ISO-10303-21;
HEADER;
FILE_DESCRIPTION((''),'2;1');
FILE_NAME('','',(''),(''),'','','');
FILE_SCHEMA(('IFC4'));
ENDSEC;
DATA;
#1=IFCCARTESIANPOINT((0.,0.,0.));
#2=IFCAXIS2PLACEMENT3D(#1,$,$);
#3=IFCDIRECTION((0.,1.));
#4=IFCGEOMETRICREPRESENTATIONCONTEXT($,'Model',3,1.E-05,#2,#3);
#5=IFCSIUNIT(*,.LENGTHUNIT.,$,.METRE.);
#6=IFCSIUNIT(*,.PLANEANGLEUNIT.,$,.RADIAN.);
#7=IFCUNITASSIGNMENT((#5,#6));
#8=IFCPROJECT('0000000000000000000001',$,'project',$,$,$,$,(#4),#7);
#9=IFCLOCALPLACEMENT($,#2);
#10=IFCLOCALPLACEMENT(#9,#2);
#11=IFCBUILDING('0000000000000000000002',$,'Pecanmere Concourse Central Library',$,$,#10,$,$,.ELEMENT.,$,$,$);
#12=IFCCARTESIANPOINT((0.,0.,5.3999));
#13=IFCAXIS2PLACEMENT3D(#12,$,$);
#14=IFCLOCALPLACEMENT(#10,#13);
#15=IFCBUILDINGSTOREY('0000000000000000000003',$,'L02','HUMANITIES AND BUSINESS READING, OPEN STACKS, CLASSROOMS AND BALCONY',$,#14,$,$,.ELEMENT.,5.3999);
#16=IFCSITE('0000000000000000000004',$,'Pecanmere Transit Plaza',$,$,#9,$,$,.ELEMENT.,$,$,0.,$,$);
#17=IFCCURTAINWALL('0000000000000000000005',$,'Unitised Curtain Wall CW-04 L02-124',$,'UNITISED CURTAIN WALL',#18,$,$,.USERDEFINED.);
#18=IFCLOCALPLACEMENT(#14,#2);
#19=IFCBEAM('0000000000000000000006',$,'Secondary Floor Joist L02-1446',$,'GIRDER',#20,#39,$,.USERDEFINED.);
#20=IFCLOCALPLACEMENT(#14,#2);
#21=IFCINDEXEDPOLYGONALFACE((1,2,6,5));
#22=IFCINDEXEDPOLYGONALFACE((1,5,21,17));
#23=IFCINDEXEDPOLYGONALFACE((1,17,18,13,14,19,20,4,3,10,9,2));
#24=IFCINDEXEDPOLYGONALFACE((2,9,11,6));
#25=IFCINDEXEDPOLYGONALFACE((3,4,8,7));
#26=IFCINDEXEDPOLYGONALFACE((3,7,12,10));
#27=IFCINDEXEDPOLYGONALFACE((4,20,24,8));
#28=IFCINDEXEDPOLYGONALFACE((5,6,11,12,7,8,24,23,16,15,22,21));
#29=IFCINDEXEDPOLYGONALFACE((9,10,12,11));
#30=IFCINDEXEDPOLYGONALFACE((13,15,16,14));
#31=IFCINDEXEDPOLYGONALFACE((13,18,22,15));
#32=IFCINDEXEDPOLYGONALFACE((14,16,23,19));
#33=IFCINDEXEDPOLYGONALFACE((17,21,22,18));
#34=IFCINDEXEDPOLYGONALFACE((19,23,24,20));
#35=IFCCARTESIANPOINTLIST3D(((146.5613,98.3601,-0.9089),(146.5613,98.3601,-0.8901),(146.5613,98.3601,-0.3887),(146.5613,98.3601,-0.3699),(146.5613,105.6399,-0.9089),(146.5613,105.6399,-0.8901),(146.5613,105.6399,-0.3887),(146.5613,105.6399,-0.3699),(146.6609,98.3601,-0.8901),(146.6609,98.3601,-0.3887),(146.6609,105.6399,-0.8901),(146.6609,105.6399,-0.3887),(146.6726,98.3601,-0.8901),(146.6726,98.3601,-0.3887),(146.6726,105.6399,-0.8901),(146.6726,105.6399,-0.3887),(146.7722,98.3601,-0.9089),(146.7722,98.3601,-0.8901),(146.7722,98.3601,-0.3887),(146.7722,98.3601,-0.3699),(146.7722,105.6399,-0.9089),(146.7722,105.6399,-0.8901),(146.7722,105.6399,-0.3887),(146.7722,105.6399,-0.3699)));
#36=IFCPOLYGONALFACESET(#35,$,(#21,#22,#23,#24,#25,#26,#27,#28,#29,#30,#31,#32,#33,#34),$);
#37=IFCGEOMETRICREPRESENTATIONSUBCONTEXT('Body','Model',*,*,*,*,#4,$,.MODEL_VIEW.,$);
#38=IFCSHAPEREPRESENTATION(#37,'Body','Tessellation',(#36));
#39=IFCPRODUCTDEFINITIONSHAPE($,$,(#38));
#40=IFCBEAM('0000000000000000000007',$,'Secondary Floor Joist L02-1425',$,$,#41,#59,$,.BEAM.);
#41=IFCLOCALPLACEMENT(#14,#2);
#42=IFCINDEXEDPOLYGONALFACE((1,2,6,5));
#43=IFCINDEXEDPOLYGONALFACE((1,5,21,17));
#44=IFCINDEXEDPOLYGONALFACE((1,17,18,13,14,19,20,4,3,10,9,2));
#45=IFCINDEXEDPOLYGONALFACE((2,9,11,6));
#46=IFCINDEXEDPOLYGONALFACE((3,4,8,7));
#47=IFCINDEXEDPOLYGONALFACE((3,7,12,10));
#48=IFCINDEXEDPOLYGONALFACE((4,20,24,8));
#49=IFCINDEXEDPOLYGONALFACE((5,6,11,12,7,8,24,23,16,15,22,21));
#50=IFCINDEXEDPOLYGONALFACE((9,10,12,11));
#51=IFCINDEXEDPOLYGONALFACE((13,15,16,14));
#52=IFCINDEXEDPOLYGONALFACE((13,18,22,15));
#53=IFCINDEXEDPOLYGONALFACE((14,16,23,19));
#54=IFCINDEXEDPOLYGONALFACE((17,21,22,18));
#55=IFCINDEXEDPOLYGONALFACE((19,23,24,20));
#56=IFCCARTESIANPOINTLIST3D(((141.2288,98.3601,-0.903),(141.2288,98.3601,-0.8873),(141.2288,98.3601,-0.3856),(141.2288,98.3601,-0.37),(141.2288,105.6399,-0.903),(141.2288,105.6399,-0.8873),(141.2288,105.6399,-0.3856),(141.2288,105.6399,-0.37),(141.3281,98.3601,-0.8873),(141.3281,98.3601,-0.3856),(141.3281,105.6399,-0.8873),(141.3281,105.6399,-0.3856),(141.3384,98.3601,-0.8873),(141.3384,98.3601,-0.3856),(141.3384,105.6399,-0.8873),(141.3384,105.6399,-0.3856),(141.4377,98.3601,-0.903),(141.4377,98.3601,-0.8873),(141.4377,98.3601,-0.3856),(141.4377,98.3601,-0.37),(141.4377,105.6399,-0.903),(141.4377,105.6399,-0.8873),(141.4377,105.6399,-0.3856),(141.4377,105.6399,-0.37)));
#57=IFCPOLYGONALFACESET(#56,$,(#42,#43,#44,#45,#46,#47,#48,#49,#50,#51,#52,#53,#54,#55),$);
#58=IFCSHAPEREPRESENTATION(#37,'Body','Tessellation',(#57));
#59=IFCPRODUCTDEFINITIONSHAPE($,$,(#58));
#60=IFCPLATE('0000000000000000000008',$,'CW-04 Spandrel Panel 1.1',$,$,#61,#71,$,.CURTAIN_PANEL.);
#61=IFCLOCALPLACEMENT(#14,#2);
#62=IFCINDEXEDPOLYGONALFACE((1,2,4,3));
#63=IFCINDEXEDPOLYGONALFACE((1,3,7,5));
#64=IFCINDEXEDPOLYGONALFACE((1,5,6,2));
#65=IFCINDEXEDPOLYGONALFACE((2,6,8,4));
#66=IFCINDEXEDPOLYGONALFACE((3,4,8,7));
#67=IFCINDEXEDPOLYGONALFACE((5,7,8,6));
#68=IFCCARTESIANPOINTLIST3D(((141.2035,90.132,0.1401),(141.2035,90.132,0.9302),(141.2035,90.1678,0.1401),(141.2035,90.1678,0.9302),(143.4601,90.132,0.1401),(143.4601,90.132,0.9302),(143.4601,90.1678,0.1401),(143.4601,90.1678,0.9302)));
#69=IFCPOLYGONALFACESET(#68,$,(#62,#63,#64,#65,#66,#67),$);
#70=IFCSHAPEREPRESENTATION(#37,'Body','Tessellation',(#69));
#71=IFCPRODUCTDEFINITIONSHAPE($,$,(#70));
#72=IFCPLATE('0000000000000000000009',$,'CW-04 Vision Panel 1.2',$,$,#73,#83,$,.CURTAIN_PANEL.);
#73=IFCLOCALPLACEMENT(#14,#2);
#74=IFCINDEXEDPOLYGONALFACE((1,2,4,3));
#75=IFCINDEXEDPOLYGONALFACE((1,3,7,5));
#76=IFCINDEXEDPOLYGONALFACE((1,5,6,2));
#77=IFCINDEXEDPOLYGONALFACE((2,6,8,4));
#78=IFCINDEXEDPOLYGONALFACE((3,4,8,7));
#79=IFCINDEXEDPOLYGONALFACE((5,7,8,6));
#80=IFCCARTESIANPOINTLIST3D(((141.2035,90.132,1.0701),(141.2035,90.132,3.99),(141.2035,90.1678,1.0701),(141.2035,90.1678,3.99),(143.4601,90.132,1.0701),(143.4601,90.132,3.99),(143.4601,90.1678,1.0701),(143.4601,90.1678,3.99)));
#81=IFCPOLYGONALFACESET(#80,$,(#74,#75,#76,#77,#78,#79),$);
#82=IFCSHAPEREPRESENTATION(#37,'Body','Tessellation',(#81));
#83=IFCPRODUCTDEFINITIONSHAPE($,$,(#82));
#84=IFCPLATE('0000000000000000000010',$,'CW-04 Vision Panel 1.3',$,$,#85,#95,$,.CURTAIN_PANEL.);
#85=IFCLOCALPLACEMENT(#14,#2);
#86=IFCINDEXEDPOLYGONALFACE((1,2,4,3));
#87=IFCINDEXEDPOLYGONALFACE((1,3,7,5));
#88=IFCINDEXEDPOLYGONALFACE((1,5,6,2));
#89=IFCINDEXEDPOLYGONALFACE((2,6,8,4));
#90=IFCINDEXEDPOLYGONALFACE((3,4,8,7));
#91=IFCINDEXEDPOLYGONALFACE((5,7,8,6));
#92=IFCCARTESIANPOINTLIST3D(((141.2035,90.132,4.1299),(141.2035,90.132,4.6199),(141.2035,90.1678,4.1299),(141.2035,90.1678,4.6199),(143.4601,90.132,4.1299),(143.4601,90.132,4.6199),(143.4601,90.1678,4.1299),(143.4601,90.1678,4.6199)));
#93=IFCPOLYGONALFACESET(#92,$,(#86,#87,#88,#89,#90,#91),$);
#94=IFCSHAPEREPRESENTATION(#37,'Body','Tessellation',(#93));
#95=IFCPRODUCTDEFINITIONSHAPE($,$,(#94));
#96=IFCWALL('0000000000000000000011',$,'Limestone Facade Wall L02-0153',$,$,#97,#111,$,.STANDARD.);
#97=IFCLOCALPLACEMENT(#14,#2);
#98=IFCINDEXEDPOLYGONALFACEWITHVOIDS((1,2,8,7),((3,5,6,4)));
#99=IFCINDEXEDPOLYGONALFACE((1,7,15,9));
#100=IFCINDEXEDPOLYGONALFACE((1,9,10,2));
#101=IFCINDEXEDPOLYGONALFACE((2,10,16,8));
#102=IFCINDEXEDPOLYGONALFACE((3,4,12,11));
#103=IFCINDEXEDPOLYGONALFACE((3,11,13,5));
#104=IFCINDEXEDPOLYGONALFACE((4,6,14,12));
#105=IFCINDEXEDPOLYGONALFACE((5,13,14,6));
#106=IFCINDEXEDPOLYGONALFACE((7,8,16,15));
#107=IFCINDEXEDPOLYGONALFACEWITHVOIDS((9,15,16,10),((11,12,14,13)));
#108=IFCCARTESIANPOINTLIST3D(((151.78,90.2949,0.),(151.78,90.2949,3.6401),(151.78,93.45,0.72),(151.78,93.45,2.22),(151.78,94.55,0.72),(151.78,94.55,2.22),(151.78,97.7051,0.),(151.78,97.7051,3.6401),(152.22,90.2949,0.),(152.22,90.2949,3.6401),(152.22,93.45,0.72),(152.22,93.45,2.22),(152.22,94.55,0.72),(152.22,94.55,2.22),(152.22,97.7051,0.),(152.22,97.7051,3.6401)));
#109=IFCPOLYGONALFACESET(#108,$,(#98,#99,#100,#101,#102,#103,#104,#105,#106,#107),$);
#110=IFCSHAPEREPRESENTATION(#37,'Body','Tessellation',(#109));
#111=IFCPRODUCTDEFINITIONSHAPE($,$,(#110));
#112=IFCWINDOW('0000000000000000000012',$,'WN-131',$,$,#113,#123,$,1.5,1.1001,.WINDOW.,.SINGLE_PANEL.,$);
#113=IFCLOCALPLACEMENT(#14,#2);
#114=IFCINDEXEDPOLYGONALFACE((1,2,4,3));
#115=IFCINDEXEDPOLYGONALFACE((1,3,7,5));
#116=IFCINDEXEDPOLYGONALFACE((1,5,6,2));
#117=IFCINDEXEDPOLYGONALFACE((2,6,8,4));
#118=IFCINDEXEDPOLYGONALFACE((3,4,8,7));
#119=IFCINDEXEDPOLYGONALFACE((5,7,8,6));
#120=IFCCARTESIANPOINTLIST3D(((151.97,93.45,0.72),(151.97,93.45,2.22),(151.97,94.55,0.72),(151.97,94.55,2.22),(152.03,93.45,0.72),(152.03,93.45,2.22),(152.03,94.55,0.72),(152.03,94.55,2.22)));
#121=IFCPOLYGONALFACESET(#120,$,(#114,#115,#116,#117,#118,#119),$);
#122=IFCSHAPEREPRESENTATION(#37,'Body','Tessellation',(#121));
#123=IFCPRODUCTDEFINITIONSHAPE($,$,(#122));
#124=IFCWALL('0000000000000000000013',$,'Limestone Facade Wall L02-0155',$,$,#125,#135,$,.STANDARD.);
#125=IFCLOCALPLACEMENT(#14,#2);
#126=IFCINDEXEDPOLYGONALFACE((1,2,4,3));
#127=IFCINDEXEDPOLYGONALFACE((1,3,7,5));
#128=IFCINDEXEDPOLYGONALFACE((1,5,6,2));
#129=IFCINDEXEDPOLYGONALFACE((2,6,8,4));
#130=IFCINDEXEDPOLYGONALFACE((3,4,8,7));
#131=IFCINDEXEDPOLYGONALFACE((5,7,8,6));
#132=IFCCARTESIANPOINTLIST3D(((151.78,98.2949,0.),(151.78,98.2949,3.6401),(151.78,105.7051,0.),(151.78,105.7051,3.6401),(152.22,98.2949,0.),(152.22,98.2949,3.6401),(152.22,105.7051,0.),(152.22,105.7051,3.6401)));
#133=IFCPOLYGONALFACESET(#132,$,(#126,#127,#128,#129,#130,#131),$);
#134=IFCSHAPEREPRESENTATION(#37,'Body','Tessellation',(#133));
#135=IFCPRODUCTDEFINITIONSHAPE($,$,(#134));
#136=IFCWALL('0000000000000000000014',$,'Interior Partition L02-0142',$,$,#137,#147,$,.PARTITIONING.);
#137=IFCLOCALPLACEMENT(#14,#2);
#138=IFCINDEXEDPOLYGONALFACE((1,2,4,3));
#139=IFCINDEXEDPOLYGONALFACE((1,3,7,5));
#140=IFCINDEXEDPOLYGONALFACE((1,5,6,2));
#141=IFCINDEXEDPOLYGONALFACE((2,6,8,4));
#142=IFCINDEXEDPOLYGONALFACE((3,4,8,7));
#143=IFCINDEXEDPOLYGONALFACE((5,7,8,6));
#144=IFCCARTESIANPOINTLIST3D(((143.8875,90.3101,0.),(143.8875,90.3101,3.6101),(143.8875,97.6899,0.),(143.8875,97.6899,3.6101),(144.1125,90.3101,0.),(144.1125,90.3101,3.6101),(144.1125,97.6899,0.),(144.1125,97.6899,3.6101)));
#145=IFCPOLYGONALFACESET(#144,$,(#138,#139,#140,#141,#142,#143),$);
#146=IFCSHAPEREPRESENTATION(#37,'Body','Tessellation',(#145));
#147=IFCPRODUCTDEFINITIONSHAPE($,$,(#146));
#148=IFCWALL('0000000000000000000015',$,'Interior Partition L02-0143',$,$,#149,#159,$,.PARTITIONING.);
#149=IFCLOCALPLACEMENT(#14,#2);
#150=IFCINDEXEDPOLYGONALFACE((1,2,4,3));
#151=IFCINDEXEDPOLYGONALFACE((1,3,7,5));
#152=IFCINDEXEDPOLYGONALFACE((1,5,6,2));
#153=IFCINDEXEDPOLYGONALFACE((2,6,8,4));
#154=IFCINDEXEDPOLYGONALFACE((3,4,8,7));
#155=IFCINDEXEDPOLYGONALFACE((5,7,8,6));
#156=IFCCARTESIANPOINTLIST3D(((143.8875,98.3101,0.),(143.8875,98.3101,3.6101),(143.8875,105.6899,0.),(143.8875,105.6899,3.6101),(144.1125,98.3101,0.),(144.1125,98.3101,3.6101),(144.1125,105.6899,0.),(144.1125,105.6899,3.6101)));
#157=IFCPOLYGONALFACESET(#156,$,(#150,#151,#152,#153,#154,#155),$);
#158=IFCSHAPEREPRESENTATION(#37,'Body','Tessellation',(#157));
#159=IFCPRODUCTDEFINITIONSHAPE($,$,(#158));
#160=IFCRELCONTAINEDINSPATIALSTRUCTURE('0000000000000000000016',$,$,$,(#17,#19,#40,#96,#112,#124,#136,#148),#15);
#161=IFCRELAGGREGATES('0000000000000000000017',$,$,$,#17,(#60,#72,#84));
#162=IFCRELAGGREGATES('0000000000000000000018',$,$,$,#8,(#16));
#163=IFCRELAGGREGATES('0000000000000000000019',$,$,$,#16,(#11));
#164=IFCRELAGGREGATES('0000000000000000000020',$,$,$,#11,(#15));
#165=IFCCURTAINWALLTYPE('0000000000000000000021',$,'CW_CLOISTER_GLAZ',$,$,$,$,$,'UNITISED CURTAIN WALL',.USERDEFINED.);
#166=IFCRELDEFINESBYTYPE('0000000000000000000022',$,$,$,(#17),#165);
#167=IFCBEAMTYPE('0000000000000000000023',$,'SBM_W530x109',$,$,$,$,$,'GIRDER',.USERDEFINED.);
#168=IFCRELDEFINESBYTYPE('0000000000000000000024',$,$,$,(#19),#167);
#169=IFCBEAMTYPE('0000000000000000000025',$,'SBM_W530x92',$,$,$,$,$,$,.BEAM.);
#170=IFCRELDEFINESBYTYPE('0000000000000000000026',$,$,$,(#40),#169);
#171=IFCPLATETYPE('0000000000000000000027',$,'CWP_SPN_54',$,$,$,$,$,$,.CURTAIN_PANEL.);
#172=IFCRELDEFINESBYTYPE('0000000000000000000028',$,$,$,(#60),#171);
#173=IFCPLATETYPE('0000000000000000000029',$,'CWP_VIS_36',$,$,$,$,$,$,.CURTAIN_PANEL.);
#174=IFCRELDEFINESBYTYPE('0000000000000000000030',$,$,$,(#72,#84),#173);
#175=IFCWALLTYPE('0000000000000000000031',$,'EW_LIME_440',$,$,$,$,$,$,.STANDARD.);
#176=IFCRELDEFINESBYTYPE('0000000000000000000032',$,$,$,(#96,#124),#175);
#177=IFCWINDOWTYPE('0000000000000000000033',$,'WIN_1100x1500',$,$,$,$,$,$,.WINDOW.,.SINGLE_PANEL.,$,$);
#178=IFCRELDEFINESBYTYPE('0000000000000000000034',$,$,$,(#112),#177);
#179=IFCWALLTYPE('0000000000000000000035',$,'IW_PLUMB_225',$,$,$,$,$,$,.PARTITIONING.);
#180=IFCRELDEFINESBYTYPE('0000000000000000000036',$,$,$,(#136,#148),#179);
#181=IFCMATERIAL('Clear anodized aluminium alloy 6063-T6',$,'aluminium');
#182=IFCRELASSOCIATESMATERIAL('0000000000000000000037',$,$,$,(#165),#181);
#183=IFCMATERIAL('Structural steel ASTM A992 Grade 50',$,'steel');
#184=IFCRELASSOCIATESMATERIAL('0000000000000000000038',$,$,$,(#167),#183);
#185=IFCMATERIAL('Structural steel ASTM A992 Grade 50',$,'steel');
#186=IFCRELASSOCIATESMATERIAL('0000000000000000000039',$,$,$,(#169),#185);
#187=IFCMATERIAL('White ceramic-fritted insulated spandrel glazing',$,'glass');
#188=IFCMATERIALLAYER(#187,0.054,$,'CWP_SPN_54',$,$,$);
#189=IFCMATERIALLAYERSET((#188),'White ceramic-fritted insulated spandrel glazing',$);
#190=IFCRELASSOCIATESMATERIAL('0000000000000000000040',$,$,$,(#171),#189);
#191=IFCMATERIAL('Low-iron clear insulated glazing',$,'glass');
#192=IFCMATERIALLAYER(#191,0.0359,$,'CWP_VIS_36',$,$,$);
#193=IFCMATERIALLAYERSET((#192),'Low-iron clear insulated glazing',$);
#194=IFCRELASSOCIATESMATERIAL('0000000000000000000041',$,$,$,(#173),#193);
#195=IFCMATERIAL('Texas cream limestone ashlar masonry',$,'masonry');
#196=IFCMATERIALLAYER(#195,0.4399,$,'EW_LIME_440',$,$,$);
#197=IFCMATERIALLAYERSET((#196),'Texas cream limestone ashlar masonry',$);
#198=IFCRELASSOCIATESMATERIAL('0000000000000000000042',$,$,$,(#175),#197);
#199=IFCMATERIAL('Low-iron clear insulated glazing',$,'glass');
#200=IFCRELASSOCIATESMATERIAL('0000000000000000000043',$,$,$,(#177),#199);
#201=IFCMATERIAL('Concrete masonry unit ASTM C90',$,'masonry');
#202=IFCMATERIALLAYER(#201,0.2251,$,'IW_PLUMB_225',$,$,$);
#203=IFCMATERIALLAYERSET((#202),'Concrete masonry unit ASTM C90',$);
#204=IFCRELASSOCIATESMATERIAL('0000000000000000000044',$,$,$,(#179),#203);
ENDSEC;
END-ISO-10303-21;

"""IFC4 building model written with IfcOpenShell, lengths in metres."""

from ifc_helpers import new_model, si_unit, direction, frame, frame_2d, origin, origin_2d, place, context, subcontext, project, spatial, rectangle, i_section, extrude, material, layer, layer_set, material_profile, profile_set, type_object, element, fill, aggregate, save


model = new_model("IFC4")

# Units and contexts
model_context = context("Model", 3, precision=1e-05, world=origin(), true_north=direction((0.0, 1.0)))
body_context = subcontext(model_context, "Body", "Model", "MODEL_VIEW")
ifc_project = project(units=[si_unit("LENGTHUNIT", "METRE"), si_unit("PLANEANGLEUNIT", "RADIAN")], contexts=[model_context])

# Site, building, storey
site_placement = place(None, origin())
site = spatial("IfcSite", under=ifc_project, at=site_placement, Name="Pecanmere Transit Plaza", CompositionType="ELEMENT", RefElevation=0.0)
building_placement = place(site_placement, origin())
building = spatial("IfcBuilding", under=site, at=building_placement, Name="Pecanmere Concourse Central Library", CompositionType="ELEMENT")
storey_placement = place(building_placement, frame((0.0, 0.0, 5.3999)))
storey = spatial("IfcBuildingStorey", under=building, at=storey_placement, Name="L02", Description="HUMANITIES AND BUSINESS READING, OPEN STACKS, CLASSROOMS AND BALCONY", CompositionType="ELEMENT", Elevation=5.3999)

# Curtain wall
ifc_material_1 = material(Name="Clear anodized aluminium alloy 6063-T6", Category="aluminium")
curtain_wall_type = type_object("IfcCurtainWallType", Name="CW_CLOISTER_GLAZ", ElementType="UNITISED CURTAIN WALL", PredefinedType="USERDEFINED", material=ifc_material_1)
curtain_wall_placement = place(storey_placement, origin())
curtain_wall = element("IfcCurtainWall", 1, at=curtain_wall_placement, inside=storey, type_object=curtain_wall_type, Name="Unitised Curtain Wall CW-04 L02-124", ObjectType="UNITISED CURTAIN WALL", PredefinedType="USERDEFINED")

# Beams
ifc_material_2 = material(Name="Structural steel ASTM A992 Grade 50", Category="steel")
ifc_material_profile_1 = material_profile(ifc_material_2, i_section(OverallWidth=0.2109, OverallDepth=0.5391, WebThickness=0.0117, FlangeThickness=0.0188, at=origin_2d()), Name="W530x109")
ifc_profile_set_1 = profile_set([ifc_material_profile_1], Name="Structural steel ASTM A992 Grade 50")
beam_type_1 = type_object("IfcBeamType", Name="SBM_W530x109", ElementType="GIRDER", PredefinedType="USERDEFINED", material=ifc_profile_set_1)
beam_1_placement = place(storey_placement, frame((146.6667, 98.3601, -0.6394), z_axis=(0.0, 1.0, 0.0), x_axis=(-1.0, 0.0, 0.0)))
element("IfcBeam", 2, at=beam_1_placement, inside=storey, type_object=beam_type_1, Name="Secondary Floor Joist L02-1446", ObjectType="GIRDER", PredefinedType="USERDEFINED", context=body_context, shape_type="SweptSolid", body=[
    extrude(i_section(OverallWidth=0.2109, OverallDepth=0.5391, WebThickness=0.0117, FlangeThickness=0.0188, at=origin_2d()), origin(), (0.0, 0.0, 1.0), 7.2798),
])
ifc_material_3 = material(Name="Structural steel ASTM A992 Grade 50", Category="steel")
ifc_material_profile_2 = material_profile(ifc_material_3, i_section(OverallWidth=0.209, OverallDepth=0.533, WebThickness=0.0103, FlangeThickness=0.0156, at=origin_2d()), Name="W530x92")
ifc_profile_set_2 = profile_set([ifc_material_profile_2], Name="Structural steel ASTM A992 Grade 50")
beam_type_2 = type_object("IfcBeamType", Name="SBM_W530x92", PredefinedType="BEAM", material=ifc_profile_set_2)
beam_2_placement = place(storey_placement, frame((141.3333, 98.3601, -0.6365), z_axis=(0.0, 1.0, 0.0), x_axis=(-1.0, 0.0, 0.0)))
element("IfcBeam", 3, at=beam_2_placement, inside=storey, type_object=beam_type_2, Name="Secondary Floor Joist L02-1425", PredefinedType="BEAM", context=body_context, shape_type="SweptSolid", body=[
    extrude(i_section(OverallWidth=0.209, OverallDepth=0.533, WebThickness=0.0103, FlangeThickness=0.0156, at=origin_2d()), origin(), (0.0, 0.0, 1.0), 7.2798),
])

# Plates
ifc_material_4 = material(Name="White ceramic-fritted insulated spandrel glazing", Category="glass")
ifc_layer_1 = layer(ifc_material_4, 0.054, Name="CWP_SPN_54")
ifc_layer_set_1 = layer_set([ifc_layer_1], Name="White ceramic-fritted insulated spandrel glazing")
plate_type_1 = type_object("IfcPlateType", Name="CWP_SPN_54", PredefinedType="CURTAIN_PANEL", material=ifc_layer_set_1)
plate_1_placement = place(storey_placement, frame((142.3318, 90.1499, 0.1401), z_axis=(0.0, 0.0, 1.0), x_axis=(-1.0, 0.0, 0.0)))
plate_1 = element("IfcPlate", 4, at=plate_1_placement, type_object=plate_type_1, Name="CW-04 Spandrel Panel 1.1", PredefinedType="CURTAIN_PANEL", context=body_context, shape_type="SweptSolid", body=[
    extrude(rectangle(XDim=2.2566, YDim=0.0359, at=origin_2d()), origin(), (0.0, 0.0, 1.0), 0.79),
])
ifc_material_5 = material(Name="Low-iron clear insulated glazing", Category="glass")
ifc_layer_2 = layer(ifc_material_5, 0.0359, Name="CWP_VIS_36")
ifc_layer_set_2 = layer_set([ifc_layer_2], Name="Low-iron clear insulated glazing")
plate_type_2 = type_object("IfcPlateType", Name="CWP_VIS_36", PredefinedType="CURTAIN_PANEL", material=ifc_layer_set_2)
plate_2_placement = place(storey_placement, frame((142.3318, 90.1499, 1.0701), z_axis=(0.0, 0.0, 1.0), x_axis=(-1.0, 0.0, 0.0)))
plate_2 = element("IfcPlate", 5, at=plate_2_placement, type_object=plate_type_2, Name="CW-04 Vision Panel 1.2", PredefinedType="CURTAIN_PANEL", context=body_context, shape_type="SweptSolid", body=[
    extrude(rectangle(XDim=2.2566, YDim=0.0359, at=origin_2d()), origin(), (0.0, 0.0, 1.0), 2.9199),
])
plate_3_placement = place(storey_placement, frame((142.3318, 90.1499, 4.1299), z_axis=(0.0, 0.0, 1.0), x_axis=(-1.0, 0.0, 0.0)))
plate_3 = element("IfcPlate", 6, at=plate_3_placement, type_object=plate_type_2, Name="CW-04 Vision Panel 1.3", PredefinedType="CURTAIN_PANEL", context=body_context, shape_type="SweptSolid", body=[
    extrude(rectangle(XDim=2.2566, YDim=0.0359, at=origin_2d()), origin(), (0.0, 0.0, 1.0), 0.49),
])
aggregate(curtain_wall, [plate_1, plate_2, plate_3])

# Wall, opening, window
ifc_material_6 = material(Name="Texas cream limestone ashlar masonry", Category="masonry")
ifc_layer_3 = layer(ifc_material_6, 0.4399, Name="EW_LIME_440")
ifc_layer_set_3 = layer_set([ifc_layer_3], Name="Texas cream limestone ashlar masonry")
wall_type_1 = type_object("IfcWallType", Name="EW_LIME_440", PredefinedType="STANDARD", material=ifc_layer_set_3)
wall_1_placement = place(storey_placement, frame((152.0, 90.2949, 0.0), z_axis=(0.0, 0.0, 1.0), x_axis=(0.0, 1.0, 0.0)))
wall_1 = element("IfcWall", 7, at=wall_1_placement, inside=storey, type_object=wall_type_1, Name="Limestone Facade Wall L02-0153", PredefinedType="STANDARD", context=body_context, shape_type="SweptSolid", body=[
    extrude(rectangle(XDim=7.4102, YDim=0.4399, at=frame_2d((3.7051, 0.0))), origin(), (0.0, 0.0, 1.0), 3.6401),
])
opening_placement = place(wall_1_placement, frame((3.155, 0.0, 0.72)))
opening = element("IfcOpeningElement", 8, at=opening_placement, cuts=wall_1, PredefinedType="OPENING", context=body_context, shape_type="SweptSolid", body=[
    extrude(rectangle(XDim=1.1001, YDim=1.5, at=frame_2d((0.55, 0.75))), frame((0.0, 0.2319, 0.0), z_axis=(0.0, -1.0, 0.0), x_axis=(1.0, 0.0, 0.0)), (0.0, 0.0, 1.0), 0.4639),
])
ifc_material_7 = material(Name="Low-iron clear insulated glazing", Category="glass")
window_type = type_object("IfcWindowType", Name="WIN_1100x1500", PartitioningType="SINGLE_PANEL", PredefinedType="WINDOW", material=ifc_material_7)
window_placement = place(opening_placement, origin())
window = element("IfcWindow", 9, at=window_placement, inside=storey, type_object=window_type, Name="WN-131", OverallHeight=1.5, OverallWidth=1.1001, PartitioningType="SINGLE_PANEL", PredefinedType="WINDOW", context=body_context, shape_type="SweptSolid", body=[
    extrude(rectangle(XDim=1.1001, YDim=1.5, at=frame_2d((0.55, 0.75))), frame((0.0, 0.03, 0.0), z_axis=(0.0, -1.0, 0.0), x_axis=(1.0, 0.0, 0.0)), (0.0, 0.0, 1.0), 0.0601),
])
fill(opening, window)

# Walls
wall_2_placement = place(storey_placement, frame((152.0, 98.2949, 0.0), z_axis=(0.0, 0.0, 1.0), x_axis=(0.0, 1.0, 0.0)))
element("IfcWall", 10, at=wall_2_placement, inside=storey, type_object=wall_type_1, Name="Limestone Facade Wall L02-0155", PredefinedType="STANDARD", context=body_context, shape_type="SweptSolid", body=[
    extrude(rectangle(XDim=7.4102, YDim=0.4399, at=frame_2d((3.7051, 0.0))), origin(), (0.0, 0.0, 1.0), 3.6401),
])
ifc_material_8 = material(Name="Concrete masonry unit ASTM C90", Category="masonry")
ifc_layer_4 = layer(ifc_material_8, 0.2251, Name="IW_PLUMB_225")
ifc_layer_set_4 = layer_set([ifc_layer_4], Name="Concrete masonry unit ASTM C90")
wall_type_2 = type_object("IfcWallType", Name="IW_PLUMB_225", PredefinedType="PARTITIONING", material=ifc_layer_set_4)
for number, where, z_axis, x_axis, name in (
    (11, (144.0, 90.3101, 0.0), (0.0, 0.0, 1.0), (0.0, 1.0, 0.0), "Interior Partition L02-0142"),
    (12, (144.0, 98.3101, 0.0), (0.0, 0.0, 1.0), (0.0, 1.0, 0.0), "Interior Partition L02-0143"),
):
    element("IfcWall", number, at=place(storey_placement, frame(where, z_axis=z_axis, x_axis=x_axis)), inside=storey, type_object=wall_type_2, Name=name, PredefinedType="PARTITIONING", context=body_context, shape_type="SweptSolid", body=[
        extrude(rectangle(XDim=7.3799, YDim=0.2251, at=frame_2d((3.6899, 0.0))), origin(), (0.0, 0.0, 1.0), 3.6101),
    ])

save(model, "model.ifc")
